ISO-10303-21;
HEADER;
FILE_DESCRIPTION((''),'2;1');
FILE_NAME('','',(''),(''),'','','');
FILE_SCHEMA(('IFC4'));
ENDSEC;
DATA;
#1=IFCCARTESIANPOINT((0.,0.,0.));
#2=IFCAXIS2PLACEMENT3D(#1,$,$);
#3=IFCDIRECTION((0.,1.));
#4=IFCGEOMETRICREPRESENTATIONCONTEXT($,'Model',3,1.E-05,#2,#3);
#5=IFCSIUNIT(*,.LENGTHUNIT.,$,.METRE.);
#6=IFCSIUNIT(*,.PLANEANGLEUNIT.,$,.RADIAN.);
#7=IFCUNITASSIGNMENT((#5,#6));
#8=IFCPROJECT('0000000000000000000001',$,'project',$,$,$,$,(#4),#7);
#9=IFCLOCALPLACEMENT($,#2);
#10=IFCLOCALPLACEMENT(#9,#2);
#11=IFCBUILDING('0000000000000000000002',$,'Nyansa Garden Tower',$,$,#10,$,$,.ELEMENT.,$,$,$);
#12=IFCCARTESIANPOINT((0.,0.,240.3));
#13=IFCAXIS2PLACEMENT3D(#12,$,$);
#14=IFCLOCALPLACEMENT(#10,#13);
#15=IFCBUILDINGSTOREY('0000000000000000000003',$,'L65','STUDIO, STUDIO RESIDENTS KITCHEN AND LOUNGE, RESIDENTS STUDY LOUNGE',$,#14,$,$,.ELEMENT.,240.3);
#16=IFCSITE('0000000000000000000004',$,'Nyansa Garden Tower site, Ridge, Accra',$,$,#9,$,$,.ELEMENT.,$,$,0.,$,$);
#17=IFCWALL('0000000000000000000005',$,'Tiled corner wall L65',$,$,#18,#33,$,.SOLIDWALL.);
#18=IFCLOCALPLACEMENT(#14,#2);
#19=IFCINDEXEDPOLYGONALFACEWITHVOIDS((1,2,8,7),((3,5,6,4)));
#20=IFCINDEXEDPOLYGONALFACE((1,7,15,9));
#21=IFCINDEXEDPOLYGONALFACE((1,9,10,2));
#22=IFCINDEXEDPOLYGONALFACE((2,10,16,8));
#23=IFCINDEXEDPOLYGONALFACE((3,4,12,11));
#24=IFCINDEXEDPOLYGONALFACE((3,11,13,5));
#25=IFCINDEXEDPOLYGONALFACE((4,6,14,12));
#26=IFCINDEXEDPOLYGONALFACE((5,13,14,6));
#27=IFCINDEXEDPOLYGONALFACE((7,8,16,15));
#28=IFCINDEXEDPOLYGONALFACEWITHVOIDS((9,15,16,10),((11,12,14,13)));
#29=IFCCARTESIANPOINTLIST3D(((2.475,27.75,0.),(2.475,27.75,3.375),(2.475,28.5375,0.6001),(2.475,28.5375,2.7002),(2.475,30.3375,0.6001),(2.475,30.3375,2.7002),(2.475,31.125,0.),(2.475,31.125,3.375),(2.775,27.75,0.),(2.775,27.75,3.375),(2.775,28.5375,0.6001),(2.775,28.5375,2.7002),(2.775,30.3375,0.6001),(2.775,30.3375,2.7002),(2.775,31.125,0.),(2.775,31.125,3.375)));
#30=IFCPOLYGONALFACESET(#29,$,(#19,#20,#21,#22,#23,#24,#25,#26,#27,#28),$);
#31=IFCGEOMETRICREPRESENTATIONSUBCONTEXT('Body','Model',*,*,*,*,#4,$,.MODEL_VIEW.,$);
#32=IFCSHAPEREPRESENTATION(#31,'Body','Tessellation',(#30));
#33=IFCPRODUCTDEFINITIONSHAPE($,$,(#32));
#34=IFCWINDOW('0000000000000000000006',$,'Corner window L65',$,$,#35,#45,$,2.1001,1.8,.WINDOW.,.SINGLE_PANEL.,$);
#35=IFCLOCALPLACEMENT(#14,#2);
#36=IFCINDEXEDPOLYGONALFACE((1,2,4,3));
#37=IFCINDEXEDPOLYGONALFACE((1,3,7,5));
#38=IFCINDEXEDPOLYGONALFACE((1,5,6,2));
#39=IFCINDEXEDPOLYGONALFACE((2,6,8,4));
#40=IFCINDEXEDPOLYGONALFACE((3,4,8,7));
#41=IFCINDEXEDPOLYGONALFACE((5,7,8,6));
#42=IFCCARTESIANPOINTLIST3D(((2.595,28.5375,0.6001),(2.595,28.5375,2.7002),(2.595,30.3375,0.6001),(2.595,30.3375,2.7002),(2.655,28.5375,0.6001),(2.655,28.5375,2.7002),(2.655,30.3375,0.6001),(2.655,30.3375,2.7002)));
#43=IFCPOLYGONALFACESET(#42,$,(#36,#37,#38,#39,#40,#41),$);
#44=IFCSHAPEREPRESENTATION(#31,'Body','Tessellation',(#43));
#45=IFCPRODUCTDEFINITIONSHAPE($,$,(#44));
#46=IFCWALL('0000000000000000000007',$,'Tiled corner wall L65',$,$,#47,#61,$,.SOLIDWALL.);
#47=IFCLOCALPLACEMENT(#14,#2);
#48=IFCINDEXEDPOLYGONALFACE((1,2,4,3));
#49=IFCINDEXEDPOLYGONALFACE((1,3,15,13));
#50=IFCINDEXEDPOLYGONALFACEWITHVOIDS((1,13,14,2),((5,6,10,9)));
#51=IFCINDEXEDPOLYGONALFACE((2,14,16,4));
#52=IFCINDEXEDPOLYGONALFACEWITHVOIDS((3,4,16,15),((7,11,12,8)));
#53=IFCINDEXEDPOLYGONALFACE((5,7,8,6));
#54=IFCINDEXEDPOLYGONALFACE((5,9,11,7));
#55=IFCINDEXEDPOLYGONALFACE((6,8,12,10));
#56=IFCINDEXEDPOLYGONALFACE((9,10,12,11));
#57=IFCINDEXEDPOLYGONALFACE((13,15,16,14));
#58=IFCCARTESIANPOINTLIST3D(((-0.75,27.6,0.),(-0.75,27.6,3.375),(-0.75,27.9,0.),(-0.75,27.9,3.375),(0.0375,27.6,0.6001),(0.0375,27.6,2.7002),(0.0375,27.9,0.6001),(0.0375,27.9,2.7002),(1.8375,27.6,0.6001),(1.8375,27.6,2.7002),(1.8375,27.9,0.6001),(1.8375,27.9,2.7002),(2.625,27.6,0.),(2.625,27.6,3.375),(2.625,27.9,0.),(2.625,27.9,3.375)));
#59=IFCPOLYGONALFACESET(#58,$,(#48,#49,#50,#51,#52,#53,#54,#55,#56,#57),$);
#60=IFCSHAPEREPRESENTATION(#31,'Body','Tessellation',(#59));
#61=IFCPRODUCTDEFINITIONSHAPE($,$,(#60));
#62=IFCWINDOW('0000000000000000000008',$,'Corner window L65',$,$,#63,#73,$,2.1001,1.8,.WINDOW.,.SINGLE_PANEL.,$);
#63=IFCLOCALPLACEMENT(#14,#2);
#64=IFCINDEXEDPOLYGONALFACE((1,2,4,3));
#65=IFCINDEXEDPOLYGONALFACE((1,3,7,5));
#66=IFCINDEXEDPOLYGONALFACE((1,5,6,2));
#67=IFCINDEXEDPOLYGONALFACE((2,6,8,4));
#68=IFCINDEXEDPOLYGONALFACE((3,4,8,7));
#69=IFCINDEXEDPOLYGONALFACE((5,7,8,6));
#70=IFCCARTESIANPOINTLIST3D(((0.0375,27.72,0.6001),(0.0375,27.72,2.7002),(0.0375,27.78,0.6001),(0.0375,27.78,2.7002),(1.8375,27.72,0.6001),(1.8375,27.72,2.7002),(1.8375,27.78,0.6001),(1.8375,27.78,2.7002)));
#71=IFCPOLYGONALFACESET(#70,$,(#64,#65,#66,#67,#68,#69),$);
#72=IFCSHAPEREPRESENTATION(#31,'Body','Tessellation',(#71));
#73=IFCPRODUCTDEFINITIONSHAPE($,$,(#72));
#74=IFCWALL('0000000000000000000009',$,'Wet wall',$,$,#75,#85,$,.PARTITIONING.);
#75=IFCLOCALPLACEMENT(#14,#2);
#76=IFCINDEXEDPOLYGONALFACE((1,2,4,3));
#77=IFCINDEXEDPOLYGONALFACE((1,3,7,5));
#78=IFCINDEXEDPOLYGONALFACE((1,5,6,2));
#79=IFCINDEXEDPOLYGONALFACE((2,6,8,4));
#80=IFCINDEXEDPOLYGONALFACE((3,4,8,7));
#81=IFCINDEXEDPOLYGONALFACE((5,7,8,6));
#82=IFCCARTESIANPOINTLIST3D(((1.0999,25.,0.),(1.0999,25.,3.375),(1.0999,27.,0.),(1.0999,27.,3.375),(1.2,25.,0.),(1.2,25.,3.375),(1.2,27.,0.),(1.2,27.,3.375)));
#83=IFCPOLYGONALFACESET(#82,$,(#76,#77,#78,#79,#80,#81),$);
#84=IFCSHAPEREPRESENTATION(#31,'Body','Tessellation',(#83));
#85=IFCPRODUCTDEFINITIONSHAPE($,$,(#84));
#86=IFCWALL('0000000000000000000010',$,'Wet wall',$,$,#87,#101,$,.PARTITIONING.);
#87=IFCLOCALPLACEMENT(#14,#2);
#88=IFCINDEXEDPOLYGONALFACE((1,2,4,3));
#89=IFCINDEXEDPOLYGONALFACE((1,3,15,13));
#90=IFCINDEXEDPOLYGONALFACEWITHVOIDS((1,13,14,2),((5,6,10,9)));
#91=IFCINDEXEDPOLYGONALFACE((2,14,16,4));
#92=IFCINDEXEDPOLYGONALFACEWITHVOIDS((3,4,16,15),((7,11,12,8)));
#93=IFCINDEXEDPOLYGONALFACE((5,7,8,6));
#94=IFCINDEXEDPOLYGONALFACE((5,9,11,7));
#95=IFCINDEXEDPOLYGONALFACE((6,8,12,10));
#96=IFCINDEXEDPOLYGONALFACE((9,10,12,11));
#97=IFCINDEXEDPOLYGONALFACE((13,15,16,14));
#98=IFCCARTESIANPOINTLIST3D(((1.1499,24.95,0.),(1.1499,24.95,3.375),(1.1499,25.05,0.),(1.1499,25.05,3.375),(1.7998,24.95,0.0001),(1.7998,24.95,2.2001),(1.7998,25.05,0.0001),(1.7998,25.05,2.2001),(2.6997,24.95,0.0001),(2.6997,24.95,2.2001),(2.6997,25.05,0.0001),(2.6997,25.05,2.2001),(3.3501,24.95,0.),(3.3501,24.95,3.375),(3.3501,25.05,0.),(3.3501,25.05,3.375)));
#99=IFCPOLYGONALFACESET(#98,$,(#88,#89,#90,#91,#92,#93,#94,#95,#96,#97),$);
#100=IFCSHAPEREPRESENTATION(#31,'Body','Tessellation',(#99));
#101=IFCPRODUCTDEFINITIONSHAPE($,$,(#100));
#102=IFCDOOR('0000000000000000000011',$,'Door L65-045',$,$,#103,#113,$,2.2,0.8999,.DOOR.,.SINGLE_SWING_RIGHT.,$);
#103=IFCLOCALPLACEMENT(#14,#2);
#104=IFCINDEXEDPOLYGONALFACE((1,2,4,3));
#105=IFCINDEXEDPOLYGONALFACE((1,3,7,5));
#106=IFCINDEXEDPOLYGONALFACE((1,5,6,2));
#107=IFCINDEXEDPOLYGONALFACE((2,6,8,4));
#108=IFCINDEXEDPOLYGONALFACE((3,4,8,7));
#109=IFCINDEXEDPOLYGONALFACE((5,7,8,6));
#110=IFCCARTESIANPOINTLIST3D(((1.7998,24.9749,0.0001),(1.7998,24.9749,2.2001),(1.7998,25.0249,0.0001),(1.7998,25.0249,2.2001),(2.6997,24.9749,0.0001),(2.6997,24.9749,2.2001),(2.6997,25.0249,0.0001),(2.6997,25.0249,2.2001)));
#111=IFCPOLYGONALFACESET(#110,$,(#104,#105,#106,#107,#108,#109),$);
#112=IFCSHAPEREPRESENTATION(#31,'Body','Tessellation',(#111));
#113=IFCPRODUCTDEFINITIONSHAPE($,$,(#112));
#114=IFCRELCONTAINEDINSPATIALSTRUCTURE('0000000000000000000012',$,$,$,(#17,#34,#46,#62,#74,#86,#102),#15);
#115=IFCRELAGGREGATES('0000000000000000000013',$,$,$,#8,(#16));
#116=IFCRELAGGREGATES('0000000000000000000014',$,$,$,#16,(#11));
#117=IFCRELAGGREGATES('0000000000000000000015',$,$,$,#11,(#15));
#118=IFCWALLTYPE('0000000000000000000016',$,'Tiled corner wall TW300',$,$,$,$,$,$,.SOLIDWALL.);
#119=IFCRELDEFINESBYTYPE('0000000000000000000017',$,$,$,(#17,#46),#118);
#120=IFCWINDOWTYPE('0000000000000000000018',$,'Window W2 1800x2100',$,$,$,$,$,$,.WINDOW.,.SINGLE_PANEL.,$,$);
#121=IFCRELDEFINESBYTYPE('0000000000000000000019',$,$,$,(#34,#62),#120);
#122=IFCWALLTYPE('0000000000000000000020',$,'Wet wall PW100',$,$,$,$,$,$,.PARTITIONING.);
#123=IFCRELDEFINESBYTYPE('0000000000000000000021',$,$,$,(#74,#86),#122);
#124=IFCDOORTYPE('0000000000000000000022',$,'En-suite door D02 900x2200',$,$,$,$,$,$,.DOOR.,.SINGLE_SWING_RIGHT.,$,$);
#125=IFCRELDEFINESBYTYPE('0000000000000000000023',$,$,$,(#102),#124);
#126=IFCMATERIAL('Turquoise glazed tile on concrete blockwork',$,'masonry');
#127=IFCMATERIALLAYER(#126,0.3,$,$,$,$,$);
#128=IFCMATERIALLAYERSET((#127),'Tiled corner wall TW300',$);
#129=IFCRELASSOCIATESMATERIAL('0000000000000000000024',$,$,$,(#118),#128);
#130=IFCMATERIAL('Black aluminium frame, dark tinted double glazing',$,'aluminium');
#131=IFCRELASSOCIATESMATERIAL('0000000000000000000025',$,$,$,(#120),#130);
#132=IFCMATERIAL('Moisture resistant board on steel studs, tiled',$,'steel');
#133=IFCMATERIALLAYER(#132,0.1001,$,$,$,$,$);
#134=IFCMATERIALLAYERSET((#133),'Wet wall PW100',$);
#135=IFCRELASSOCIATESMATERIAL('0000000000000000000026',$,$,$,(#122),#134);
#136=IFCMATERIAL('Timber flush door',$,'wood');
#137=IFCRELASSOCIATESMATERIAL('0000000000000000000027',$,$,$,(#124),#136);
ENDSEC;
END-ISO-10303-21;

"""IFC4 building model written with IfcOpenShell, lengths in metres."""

from ifc_helpers import new_model, si_unit, direction, frame, frame_2d, origin, place, context, subcontext, project, spatial, rectangle, extrude, material, layer, layer_set, type_object, element, fill, save


model = new_model("IFC4")

# Units and contexts
model_context = context("Model", 3, precision=1e-05, world=origin(), true_north=direction((0.0, 1.0)))
body_context = subcontext(model_context, "Body", "Model", "MODEL_VIEW")
ifc_project = project(units=[si_unit("LENGTHUNIT", "METRE"), si_unit("PLANEANGLEUNIT", "RADIAN")], contexts=[model_context])

# Site, building, storey
site_placement = place(None, origin())
site = spatial("IfcSite", under=ifc_project, at=site_placement, Name="Nyansa Garden Tower site, Ridge, Accra", CompositionType="ELEMENT", RefElevation=0.0)
building_placement = place(site_placement, origin())
building = spatial("IfcBuilding", under=site, at=building_placement, Name="Nyansa Garden Tower", CompositionType="ELEMENT")
storey_placement = place(building_placement, frame((0.0, 0.0, 240.3)))
storey = spatial("IfcBuildingStorey", under=building, at=storey_placement, Name="L65", Description="STUDIO, STUDIO RESIDENTS KITCHEN AND LOUNGE, RESIDENTS STUDY LOUNGE", CompositionType="ELEMENT", Elevation=240.3)

# Walls, openings, windows
ifc_material_1 = material(Name="Turquoise glazed tile on concrete blockwork", Category="masonry")
ifc_layer_1 = layer(ifc_material_1, 0.3)
ifc_layer_set_1 = layer_set([ifc_layer_1], Name="Tiled corner wall TW300")
wall_type_1 = type_object("IfcWallType", Name="Tiled corner wall TW300", PredefinedType="SOLIDWALL", material=ifc_layer_set_1)
ifc_material_2 = material(Name="Black aluminium frame, dark tinted double glazing", Category="aluminium")
window_type = type_object("IfcWindowType", Name="Window W2 1800x2100", PartitioningType="SINGLE_PANEL", PredefinedType="WINDOW", material=ifc_material_2)
wall_1_placement = place(storey_placement, frame((2.625, 31.125, 0.0), z_axis=(0.0, 0.0, 1.0), x_axis=(0.0, -1.0, 0.0)))
wall_1 = element("IfcWall", 1, at=wall_1_placement, inside=storey, type_object=wall_type_1, Name="Tiled corner wall L65", PredefinedType="SOLIDWALL", context=body_context, shape_type="SweptSolid", body=[
    extrude(rectangle(XDim=3.375, YDim=0.3, at=frame_2d((1.6875, 0.0))), origin(), (0.0, 0.0, 1.0), 3.375),
])
opening_1_placement = place(wall_1_placement, frame((0.7876, 0.0, 0.6001)))
opening_1 = element("IfcOpeningElement", 2, at=opening_1_placement, cuts=wall_1, PredefinedType="OPENING", context=body_context, shape_type="SweptSolid", body=[
    extrude(rectangle(XDim=1.8, YDim=2.1001, at=frame_2d((0.8999, 1.05))), frame((0.0, 0.1599, 0.0), z_axis=(0.0, -1.0, 0.0), x_axis=(1.0, 0.0, 0.0)), (0.0, 0.0, 1.0), 0.3201),
])
window_1_placement = place(opening_1_placement, origin())
window_1 = element("IfcWindow", 3, at=window_1_placement, inside=storey, type_object=window_type, Name="Corner window L65", OverallHeight=2.1001, OverallWidth=1.8, PartitioningType="SINGLE_PANEL", PredefinedType="WINDOW", context=body_context, shape_type="SweptSolid", body=[
    extrude(rectangle(XDim=1.8, YDim=2.1001, at=frame_2d((0.8999, 1.05))), frame((0.0, 0.03, 0.0), z_axis=(0.0, -1.0, 0.0), x_axis=(1.0, 0.0, 0.0)), (0.0, 0.0, 1.0), 0.0601),
])
fill(opening_1, window_1)
wall_2_placement = place(storey_placement, frame((2.625, 27.75, 0.0), z_axis=(0.0, 0.0, 1.0), x_axis=(-1.0, 0.0, 0.0)))
wall_2 = element("IfcWall", 4, at=wall_2_placement, inside=storey, type_object=wall_type_1, Name="Tiled corner wall L65", PredefinedType="SOLIDWALL", context=body_context, shape_type="SweptSolid", body=[
    extrude(rectangle(XDim=3.375, YDim=0.3, at=frame_2d((1.6875, 0.0))), origin(), (0.0, 0.0, 1.0), 3.375),
])
opening_2_placement = place(wall_2_placement, frame((0.7876, 0.0, 0.6001)))
opening_2 = element("IfcOpeningElement", 5, at=opening_2_placement, cuts=wall_2, PredefinedType="OPENING", context=body_context, shape_type="SweptSolid", body=[
    extrude(rectangle(XDim=1.8, YDim=2.1001, at=frame_2d((0.8999, 1.05))), frame((0.0, 0.1599, 0.0), z_axis=(0.0, -1.0, 0.0), x_axis=(1.0, 0.0, 0.0)), (0.0, 0.0, 1.0), 0.3201),
])
window_2_placement = place(opening_2_placement, origin())
window_2 = element("IfcWindow", 6, at=window_2_placement, inside=storey, type_object=window_type, Name="Corner window L65", OverallHeight=2.1001, OverallWidth=1.8, PartitioningType="SINGLE_PANEL", PredefinedType="WINDOW", context=body_context, shape_type="SweptSolid", body=[
    extrude(rectangle(XDim=1.8, YDim=2.1001, at=frame_2d((0.8999, 1.05))), frame((0.0, 0.03, 0.0), z_axis=(0.0, -1.0, 0.0), x_axis=(1.0, 0.0, 0.0)), (0.0, 0.0, 1.0), 0.0601),
])
fill(opening_2, window_2)

# Wall
ifc_material_3 = material(Name="Moisture resistant board on steel studs, tiled", Category="steel")
ifc_layer_2 = layer(ifc_material_3, 0.1001)
ifc_layer_set_2 = layer_set([ifc_layer_2], Name="Wet wall PW100")
wall_type_2 = type_object("IfcWallType", Name="Wet wall PW100", PredefinedType="PARTITIONING", material=ifc_layer_set_2)
wall_3_placement = place(storey_placement, frame((1.1499, 25.0, 0.0), z_axis=(0.0, 0.0, 1.0), x_axis=(0.0, 1.0, 0.0)))
element("IfcWall", 7, at=wall_3_placement, inside=storey, type_object=wall_type_2, Name="Wet wall", PredefinedType="PARTITIONING", context=body_context, shape_type="SweptSolid", body=[
    extrude(rectangle(XDim=2.0, YDim=0.1001, at=frame_2d((1.0, 0.0))), origin(), (0.0, 0.0, 1.0), 3.375),
])

# Wall, opening, door
wall_4_placement = place(storey_placement, frame((1.1499, 25.0, 0.0), z_axis=(0.0, 0.0, 1.0), x_axis=(1.0, 0.0, 0.0)))
wall_4 = element("IfcWall", 8, at=wall_4_placement, inside=storey, type_object=wall_type_2, Name="Wet wall", PredefinedType="PARTITIONING", context=body_context, shape_type="SweptSolid", body=[
    extrude(rectangle(XDim=2.2002, YDim=0.1001, at=frame_2d((1.1001, 0.0))), origin(), (0.0, 0.0, 1.0), 3.375),
])
opening_3_placement = place(wall_4_placement, frame((0.6499, 0.0, 0.0)))
opening_3 = element("IfcOpeningElement", 9, at=opening_3_placement, cuts=wall_4, PredefinedType="OPENING", context=body_context, shape_type="SweptSolid", body=[
    extrude(rectangle(XDim=0.8999, YDim=2.2, at=frame_2d((0.45, 1.1001))), frame((0.0, 0.0601, 0.0), z_axis=(0.0, -1.0, 0.0), x_axis=(1.0, 0.0, 0.0)), (0.0, 0.0, 1.0), 0.1201),
])
ifc_material_4 = material(Name="Timber flush door", Category="wood")
door_type_1 = type_object("IfcDoorType", Name="En-suite door D02 900x2200", OperationType="SINGLE_SWING_RIGHT", PredefinedType="DOOR", material=ifc_material_4)
door_1_placement = place(opening_3_placement, origin())
door_1 = element("IfcDoor", 10, at=door_1_placement, inside=storey, type_object=door_type_1, Name="Door L65-045", OperationType="SINGLE_SWING_RIGHT", OverallHeight=2.2, OverallWidth=0.8999, PredefinedType="DOOR", context=body_context, shape_type="SweptSolid", body=[
    extrude(rectangle(XDim=0.8999, YDim=2.2, at=frame_2d((0.45, 1.1001))), frame((0.0, 0.0249, 0.0), z_axis=(0.0, -1.0, 0.0), x_axis=(1.0, 0.0, 0.0)), (0.0, 0.0, 1.0), 0.05),
])
fill(opening_3, door_1)

save(model, "model.ifc")
